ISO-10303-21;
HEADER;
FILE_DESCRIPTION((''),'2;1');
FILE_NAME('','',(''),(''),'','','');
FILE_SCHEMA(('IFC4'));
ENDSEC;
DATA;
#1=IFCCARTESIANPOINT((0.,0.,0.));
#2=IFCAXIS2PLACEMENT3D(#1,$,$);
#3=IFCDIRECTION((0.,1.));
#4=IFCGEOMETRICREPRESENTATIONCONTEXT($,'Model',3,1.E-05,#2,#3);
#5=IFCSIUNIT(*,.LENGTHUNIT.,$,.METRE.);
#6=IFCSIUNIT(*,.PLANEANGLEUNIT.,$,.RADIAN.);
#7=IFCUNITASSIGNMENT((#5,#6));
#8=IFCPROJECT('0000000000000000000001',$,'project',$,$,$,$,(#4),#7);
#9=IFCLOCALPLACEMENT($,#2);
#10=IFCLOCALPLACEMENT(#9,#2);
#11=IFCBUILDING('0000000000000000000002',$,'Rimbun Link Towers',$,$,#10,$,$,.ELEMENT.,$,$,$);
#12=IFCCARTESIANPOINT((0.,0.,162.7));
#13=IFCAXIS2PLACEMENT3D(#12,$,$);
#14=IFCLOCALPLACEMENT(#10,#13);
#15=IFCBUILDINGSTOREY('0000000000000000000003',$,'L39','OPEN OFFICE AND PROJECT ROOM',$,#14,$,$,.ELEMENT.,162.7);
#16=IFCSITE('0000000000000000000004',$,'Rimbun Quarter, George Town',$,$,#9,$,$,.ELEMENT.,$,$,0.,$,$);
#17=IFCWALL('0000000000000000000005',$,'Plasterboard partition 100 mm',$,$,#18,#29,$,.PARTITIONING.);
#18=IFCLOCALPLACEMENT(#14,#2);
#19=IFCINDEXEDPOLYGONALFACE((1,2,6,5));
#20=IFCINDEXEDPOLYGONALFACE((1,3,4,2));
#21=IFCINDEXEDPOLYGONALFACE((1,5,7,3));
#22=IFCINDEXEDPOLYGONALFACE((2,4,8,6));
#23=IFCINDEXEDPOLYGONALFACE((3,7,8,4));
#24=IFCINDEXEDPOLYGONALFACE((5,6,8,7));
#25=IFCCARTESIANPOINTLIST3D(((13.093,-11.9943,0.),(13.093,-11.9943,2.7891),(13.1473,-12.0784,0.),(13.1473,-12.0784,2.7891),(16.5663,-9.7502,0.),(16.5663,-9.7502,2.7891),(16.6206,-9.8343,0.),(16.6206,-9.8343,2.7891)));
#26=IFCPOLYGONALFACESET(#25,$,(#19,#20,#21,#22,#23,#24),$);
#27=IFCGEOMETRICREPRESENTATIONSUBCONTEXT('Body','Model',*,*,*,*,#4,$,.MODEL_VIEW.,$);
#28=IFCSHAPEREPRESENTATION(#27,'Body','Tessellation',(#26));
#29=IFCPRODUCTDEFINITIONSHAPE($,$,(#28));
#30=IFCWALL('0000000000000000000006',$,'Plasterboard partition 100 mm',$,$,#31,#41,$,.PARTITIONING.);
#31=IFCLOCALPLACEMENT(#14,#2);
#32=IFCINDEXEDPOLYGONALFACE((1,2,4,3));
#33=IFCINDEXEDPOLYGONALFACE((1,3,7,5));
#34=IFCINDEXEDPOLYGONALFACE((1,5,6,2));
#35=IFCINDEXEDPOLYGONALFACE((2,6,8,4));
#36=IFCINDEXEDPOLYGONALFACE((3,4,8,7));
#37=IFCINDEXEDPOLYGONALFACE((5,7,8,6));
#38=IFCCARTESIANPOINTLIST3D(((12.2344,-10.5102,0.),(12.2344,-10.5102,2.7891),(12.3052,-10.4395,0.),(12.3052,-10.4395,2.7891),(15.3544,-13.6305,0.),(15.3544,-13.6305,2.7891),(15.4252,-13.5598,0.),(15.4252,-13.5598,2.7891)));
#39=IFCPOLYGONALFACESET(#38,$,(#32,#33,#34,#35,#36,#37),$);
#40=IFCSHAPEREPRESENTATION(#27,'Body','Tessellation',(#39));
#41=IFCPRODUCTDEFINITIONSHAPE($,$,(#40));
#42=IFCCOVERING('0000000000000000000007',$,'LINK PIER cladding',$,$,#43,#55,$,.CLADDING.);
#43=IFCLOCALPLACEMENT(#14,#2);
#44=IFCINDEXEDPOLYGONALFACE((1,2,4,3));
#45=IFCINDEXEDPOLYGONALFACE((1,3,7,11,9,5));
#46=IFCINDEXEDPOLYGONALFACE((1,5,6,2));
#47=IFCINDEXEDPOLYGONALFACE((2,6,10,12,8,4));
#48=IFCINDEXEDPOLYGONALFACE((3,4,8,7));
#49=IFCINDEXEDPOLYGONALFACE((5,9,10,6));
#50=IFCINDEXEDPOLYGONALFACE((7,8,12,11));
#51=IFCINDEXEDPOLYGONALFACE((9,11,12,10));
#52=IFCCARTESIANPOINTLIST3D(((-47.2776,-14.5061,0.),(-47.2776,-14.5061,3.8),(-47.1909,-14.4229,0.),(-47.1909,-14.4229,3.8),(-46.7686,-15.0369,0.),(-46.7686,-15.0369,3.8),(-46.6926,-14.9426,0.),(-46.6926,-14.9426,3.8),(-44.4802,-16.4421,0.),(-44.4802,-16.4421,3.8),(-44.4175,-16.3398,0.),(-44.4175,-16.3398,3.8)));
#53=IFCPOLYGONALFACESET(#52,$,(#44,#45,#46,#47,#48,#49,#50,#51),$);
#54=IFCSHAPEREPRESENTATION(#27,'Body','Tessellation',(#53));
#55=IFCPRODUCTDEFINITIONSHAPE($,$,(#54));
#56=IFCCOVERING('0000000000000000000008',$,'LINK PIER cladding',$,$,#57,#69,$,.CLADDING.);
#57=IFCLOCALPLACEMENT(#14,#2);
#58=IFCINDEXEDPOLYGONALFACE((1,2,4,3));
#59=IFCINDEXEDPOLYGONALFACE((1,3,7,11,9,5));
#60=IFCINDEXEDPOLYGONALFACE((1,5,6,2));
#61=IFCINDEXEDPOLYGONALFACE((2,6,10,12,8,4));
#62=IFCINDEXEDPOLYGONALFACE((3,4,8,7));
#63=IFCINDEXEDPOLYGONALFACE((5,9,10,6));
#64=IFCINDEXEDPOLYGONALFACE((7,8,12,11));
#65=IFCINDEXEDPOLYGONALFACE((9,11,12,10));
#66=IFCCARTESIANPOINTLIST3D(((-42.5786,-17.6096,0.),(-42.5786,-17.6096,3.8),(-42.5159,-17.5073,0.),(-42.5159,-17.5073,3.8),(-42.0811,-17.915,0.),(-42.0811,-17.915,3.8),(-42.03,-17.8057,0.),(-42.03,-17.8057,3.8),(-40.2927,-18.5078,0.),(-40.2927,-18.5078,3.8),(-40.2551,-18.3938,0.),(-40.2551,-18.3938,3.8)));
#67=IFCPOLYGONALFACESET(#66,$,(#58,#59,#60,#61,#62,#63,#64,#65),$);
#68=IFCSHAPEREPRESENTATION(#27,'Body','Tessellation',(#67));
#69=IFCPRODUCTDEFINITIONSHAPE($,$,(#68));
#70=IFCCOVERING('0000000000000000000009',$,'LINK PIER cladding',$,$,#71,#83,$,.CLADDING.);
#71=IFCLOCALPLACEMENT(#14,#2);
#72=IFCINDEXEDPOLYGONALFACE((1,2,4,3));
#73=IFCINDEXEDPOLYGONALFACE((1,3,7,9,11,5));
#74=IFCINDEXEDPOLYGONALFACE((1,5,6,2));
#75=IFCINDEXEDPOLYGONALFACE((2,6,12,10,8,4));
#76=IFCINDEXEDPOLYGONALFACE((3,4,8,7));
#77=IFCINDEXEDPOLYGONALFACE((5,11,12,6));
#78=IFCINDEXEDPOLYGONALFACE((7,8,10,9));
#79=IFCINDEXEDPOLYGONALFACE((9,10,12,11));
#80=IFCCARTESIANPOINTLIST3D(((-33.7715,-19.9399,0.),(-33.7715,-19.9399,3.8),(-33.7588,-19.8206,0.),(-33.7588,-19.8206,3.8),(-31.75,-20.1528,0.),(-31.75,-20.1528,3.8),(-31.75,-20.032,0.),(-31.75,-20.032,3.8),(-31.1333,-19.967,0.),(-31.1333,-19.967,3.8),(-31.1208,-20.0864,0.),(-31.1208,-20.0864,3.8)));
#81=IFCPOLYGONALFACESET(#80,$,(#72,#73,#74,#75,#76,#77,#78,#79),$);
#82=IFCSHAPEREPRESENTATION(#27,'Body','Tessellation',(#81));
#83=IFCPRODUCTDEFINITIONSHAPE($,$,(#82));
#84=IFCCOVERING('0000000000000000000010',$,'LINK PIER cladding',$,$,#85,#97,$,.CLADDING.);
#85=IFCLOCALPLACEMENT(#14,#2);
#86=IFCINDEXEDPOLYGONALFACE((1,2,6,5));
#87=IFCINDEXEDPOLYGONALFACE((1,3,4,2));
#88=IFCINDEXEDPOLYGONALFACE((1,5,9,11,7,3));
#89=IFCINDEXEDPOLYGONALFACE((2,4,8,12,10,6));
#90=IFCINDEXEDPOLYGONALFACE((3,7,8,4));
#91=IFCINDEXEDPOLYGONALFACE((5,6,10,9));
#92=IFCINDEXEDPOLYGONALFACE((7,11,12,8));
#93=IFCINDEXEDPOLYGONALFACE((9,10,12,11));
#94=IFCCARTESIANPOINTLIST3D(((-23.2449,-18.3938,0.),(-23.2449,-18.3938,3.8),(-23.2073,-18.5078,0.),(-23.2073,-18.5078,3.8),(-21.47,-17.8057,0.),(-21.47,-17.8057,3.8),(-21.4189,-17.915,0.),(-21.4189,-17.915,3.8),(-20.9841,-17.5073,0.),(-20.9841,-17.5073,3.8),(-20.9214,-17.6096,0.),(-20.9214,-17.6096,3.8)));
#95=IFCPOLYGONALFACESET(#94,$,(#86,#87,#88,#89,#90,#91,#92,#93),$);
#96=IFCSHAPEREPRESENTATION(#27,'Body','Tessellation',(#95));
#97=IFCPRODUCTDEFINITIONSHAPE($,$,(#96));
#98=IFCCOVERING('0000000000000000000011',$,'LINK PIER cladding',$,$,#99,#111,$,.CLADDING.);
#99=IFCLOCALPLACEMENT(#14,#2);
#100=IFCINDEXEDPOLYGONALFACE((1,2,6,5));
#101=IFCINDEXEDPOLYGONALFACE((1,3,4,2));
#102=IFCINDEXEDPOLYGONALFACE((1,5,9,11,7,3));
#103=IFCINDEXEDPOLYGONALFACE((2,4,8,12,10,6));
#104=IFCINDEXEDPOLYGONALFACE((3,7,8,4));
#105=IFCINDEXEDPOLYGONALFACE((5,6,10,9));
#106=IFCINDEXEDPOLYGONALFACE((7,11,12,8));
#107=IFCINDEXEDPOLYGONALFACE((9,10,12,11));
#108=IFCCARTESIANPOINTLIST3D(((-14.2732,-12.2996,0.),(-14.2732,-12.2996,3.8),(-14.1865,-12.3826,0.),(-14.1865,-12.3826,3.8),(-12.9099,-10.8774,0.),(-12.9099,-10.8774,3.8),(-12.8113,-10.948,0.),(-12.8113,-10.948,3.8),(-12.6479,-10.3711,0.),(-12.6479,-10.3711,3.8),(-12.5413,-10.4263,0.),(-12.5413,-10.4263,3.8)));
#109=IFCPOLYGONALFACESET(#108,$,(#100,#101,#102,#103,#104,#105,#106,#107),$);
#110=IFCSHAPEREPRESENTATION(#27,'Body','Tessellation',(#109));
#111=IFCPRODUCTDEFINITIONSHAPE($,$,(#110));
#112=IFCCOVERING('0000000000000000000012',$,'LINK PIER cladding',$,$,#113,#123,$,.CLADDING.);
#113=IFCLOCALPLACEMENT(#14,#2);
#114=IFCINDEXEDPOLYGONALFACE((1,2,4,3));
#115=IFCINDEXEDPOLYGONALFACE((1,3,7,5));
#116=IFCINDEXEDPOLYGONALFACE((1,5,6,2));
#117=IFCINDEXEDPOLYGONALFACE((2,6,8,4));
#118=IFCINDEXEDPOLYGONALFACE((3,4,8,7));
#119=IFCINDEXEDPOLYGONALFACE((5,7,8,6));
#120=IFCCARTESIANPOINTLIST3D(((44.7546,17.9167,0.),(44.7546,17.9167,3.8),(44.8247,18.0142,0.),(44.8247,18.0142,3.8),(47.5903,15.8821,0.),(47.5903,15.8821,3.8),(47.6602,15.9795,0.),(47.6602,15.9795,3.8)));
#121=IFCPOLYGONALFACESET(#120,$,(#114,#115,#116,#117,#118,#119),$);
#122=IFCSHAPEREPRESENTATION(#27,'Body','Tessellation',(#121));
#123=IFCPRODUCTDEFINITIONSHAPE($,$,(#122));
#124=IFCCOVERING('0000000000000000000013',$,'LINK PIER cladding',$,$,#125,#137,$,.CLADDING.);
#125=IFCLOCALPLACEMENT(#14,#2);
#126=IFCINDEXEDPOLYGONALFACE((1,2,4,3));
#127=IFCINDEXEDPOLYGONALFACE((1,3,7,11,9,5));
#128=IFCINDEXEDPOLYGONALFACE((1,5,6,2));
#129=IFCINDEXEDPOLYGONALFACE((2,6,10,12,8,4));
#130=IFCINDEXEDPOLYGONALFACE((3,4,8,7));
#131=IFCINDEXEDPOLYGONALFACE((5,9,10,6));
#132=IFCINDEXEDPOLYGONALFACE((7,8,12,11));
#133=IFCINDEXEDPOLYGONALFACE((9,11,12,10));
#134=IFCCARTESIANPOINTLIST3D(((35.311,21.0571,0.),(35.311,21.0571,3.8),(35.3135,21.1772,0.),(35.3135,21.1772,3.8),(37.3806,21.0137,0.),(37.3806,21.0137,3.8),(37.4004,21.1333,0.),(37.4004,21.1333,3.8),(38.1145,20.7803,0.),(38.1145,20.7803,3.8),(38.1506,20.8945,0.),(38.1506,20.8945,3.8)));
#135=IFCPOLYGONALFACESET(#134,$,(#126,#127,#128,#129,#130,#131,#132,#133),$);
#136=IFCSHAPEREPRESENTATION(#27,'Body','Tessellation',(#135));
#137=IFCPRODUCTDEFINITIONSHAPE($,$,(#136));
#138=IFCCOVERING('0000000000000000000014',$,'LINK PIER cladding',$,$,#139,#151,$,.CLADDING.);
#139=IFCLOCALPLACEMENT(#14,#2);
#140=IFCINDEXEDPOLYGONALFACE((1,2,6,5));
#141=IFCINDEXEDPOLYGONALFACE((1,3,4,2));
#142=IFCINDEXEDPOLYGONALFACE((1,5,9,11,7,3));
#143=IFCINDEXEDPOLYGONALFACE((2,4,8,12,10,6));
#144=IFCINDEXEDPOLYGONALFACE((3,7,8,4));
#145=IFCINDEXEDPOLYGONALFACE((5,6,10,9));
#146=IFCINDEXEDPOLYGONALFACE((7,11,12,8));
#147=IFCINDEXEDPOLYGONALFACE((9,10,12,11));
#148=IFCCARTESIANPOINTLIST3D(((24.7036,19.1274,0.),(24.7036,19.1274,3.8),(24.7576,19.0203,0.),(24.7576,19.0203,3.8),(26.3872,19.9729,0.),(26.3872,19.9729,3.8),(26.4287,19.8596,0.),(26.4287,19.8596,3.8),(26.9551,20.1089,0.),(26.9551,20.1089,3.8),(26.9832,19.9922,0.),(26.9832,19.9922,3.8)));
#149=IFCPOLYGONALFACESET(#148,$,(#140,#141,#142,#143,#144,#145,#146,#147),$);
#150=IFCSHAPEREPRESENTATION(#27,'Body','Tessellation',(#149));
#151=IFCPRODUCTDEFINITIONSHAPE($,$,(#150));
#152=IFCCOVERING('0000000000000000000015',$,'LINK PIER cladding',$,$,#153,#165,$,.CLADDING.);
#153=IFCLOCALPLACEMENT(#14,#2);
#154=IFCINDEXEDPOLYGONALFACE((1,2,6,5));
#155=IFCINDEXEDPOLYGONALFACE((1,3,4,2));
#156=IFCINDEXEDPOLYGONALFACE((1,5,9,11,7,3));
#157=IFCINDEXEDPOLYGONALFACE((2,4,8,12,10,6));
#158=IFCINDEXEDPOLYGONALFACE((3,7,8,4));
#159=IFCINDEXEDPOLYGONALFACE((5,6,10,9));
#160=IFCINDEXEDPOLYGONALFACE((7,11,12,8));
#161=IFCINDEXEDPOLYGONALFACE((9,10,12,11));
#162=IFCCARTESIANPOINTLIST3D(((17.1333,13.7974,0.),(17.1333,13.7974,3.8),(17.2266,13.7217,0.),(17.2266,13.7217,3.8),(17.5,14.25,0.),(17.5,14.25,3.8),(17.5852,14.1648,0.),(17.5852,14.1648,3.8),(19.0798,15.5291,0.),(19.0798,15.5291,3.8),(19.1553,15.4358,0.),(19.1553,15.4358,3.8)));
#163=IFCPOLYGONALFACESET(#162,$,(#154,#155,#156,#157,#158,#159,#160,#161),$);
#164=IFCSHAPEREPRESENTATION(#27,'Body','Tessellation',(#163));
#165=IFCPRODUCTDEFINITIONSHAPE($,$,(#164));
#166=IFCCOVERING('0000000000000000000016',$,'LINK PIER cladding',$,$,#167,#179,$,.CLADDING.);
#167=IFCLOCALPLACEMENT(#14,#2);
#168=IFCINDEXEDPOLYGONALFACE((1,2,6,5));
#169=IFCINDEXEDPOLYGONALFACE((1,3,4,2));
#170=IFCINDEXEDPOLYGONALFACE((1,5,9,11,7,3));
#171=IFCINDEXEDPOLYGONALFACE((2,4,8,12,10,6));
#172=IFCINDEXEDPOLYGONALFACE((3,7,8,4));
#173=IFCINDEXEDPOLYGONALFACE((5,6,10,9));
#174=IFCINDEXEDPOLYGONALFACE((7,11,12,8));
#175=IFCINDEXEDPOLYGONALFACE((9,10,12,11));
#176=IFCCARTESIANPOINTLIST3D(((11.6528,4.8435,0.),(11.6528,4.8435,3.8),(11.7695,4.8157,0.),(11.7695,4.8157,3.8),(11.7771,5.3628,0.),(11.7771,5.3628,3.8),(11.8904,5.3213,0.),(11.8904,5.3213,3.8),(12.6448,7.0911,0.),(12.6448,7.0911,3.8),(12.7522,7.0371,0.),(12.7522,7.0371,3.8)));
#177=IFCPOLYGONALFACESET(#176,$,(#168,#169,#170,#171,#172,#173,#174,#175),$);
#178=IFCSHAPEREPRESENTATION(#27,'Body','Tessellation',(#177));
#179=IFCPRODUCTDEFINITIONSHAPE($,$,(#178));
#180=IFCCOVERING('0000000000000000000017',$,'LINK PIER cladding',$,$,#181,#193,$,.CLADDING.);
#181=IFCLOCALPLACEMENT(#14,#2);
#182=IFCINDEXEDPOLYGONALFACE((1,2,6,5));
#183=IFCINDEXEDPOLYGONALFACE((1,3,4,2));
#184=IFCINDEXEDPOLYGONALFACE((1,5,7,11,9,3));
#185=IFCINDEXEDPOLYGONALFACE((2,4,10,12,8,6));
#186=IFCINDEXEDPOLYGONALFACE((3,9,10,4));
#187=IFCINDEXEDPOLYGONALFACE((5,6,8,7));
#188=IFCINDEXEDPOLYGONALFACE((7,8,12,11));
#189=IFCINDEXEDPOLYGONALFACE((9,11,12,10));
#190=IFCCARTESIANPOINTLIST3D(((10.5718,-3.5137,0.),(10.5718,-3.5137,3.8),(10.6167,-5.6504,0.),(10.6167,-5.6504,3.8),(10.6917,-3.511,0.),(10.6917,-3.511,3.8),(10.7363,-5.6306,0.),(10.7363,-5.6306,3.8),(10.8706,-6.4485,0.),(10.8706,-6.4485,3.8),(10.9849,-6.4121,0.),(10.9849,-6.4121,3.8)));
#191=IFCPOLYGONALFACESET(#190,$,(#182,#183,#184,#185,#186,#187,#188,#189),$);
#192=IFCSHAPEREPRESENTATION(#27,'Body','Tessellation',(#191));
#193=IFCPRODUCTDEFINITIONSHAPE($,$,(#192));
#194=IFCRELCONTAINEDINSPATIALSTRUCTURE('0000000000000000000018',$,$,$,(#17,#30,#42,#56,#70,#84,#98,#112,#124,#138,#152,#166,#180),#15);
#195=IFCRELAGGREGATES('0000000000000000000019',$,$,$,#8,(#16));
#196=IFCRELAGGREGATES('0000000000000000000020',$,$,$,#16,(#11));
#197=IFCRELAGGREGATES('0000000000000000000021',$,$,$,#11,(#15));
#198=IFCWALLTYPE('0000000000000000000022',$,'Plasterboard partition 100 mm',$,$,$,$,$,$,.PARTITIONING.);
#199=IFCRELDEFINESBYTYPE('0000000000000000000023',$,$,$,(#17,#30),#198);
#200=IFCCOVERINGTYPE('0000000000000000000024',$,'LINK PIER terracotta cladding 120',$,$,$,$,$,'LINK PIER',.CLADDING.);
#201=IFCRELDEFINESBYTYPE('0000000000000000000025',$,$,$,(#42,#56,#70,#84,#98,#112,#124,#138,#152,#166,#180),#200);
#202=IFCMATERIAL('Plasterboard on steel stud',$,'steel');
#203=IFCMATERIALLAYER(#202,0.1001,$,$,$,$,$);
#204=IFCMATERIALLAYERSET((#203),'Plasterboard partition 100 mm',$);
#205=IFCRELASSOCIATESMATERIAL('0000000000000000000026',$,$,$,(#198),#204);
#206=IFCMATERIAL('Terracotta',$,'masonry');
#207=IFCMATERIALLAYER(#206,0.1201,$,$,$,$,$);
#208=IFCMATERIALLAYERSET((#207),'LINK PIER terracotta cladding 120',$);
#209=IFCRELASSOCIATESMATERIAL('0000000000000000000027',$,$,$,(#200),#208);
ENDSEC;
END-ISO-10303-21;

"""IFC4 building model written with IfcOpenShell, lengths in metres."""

from ifc_helpers import new_model, si_unit, direction, frame, frame_2d, origin, place, context, subcontext, project, spatial, polyline, rectangle, outline, extrude, material, layer, layer_set, type_object, element, save


model = new_model("IFC4")

# Units and contexts
model_context = context("Model", 3, precision=1e-05, world=origin(), true_north=direction((0.0, 1.0)))
body_context = subcontext(model_context, "Body", "Model", "MODEL_VIEW")
ifc_project = project(units=[si_unit("LENGTHUNIT", "METRE"), si_unit("PLANEANGLEUNIT", "RADIAN")], contexts=[model_context])

# Site, building, storey
site_placement = place(None, origin())
site = spatial("IfcSite", under=ifc_project, at=site_placement, Name="Rimbun Quarter, George Town", CompositionType="ELEMENT", RefElevation=0.0)
building_placement = place(site_placement, origin())
building = spatial("IfcBuilding", under=site, at=building_placement, Name="Rimbun Link Towers", CompositionType="ELEMENT")
storey_placement = place(building_placement, frame((0.0, 0.0, 162.7)))
storey = spatial("IfcBuildingStorey", under=building, at=storey_placement, Name="L39", Description="OPEN OFFICE AND PROJECT ROOM", CompositionType="ELEMENT", Elevation=162.7)

# Shared definitions
ifc_material_1 = material(Name="Plasterboard on steel stud", Category="steel")
ifc_layer_1 = layer(ifc_material_1, 0.1001)
ifc_layer_set_1 = layer_set([ifc_layer_1], Name="Plasterboard partition 100 mm")
wall_type = type_object("IfcWallType", Name="Plasterboard partition 100 mm", PredefinedType="PARTITIONING", material=ifc_layer_set_1)

# Walls
wall_1_placement = place(storey_placement, frame((13.1201, -12.0364, 0.0), z_axis=(0.0, 0.0, 1.0), x_axis=(0.839939, 0.542681, 0.0)))
element("IfcWall", 1, at=wall_1_placement, inside=storey, type_object=wall_type, Name="Plasterboard partition 100 mm", PredefinedType="PARTITIONING", context=body_context, shape_type="SweptSolid", body=[
    extrude(rectangle(XDim=4.1353, YDim=0.1001, at=frame_2d((2.0676, 0.0))), origin(), (0.0, 0.0, 1.0), 2.7891),
])
wall_2_placement = place(storey_placement, frame((12.2698, -10.4749, 0.0), z_axis=(0.0, 0.0, 1.0), x_axis=(0.707079, -0.707134, 0.0)))
element("IfcWall", 2, at=wall_2_placement, inside=storey, type_object=wall_type, Name="Plasterboard partition 100 mm", PredefinedType="PARTITIONING", context=body_context, shape_type="SweptSolid", body=[
    extrude(rectangle(XDim=4.4126, YDim=0.1001, at=frame_2d((2.2063, 0.0))), origin(), (0.0, 0.0, 1.0), 2.7891),
])

# Coverings
ifc_material_2 = material(Name="Terracotta", Category="masonry")
ifc_layer_2 = layer(ifc_material_2, 0.1201)
ifc_layer_set_2 = layer_set([ifc_layer_2], Name="LINK PIER terracotta cladding 120")
covering_type_1 = type_object("IfcCoveringType", Name="LINK PIER terracotta cladding 120", ElementType="LINK PIER", PredefinedType="CLADDING", material=ifc_layer_set_2)
covering_1_placement = place(storey_placement, origin())
element("IfcCovering", 3, at=covering_1_placement, inside=storey, type_object=covering_type_1, Name="LINK PIER cladding", PredefinedType="CLADDING", context=body_context, shape_type="SweptSolid", body=[
    extrude(outline(polyline([(-44.4175, -16.3398), (-46.6926, -14.9426), (-47.1909, -14.4229), (-47.2776, -14.5061), (-46.7686, -15.0369), (-44.4802, -16.4421), (-44.4175, -16.3398)])), origin(), (0.0, 0.0, 1.0), 3.8),
])
covering_2_placement = place(storey_placement, origin())
element("IfcCovering", 4, at=covering_2_placement, inside=storey, type_object=covering_type_1, Name="LINK PIER cladding", PredefinedType="CLADDING", context=body_context, shape_type="SweptSolid", body=[
    extrude(outline(polyline([(-40.2551, -18.3938), (-42.03, -17.8057), (-42.5159, -17.5073), (-42.5786, -17.6096), (-42.0811, -17.915), (-40.2927, -18.5078), (-40.2551, -18.3938)])), origin(), (0.0, 0.0, 1.0), 3.8),
])
covering_3_placement = place(storey_placement, origin())
element("IfcCovering", 5, at=covering_3_placement, inside=storey, type_object=covering_type_1, Name="LINK PIER cladding", PredefinedType="CLADDING", context=body_context, shape_type="SweptSolid", body=[
    extrude(outline(polyline([(-31.1333, -19.967), (-31.75, -20.032), (-33.7588, -19.8206), (-33.7715, -19.9399), (-31.75, -20.1528), (-31.1208, -20.0864), (-31.1333, -19.967)])), origin(), (0.0, 0.0, 1.0), 3.8),
])
covering_4_placement = place(storey_placement, origin())
element("IfcCovering", 6, at=covering_4_placement, inside=storey, type_object=covering_type_1, Name="LINK PIER cladding", PredefinedType="CLADDING", context=body_context, shape_type="SweptSolid", body=[
    extrude(outline(polyline([(-20.9841, -17.5073), (-21.47, -17.8057), (-23.2449, -18.3938), (-23.2073, -18.5078), (-21.4189, -17.915), (-20.9214, -17.6096), (-20.9841, -17.5073)])), origin(), (0.0, 0.0, 1.0), 3.8),
])
covering_5_placement = place(storey_placement, origin())
element("IfcCovering", 7, at=covering_5_placement, inside=storey, type_object=covering_type_1, Name="LINK PIER cladding", PredefinedType="CLADDING", context=body_context, shape_type="SweptSolid", body=[
    extrude(outline(polyline([(-12.6479, -10.3711), (-12.9099, -10.8774), (-14.2732, -12.2996), (-14.1865, -12.3826), (-12.8113, -10.948), (-12.5413, -10.4263), (-12.6479, -10.3711)])), origin(), (0.0, 0.0, 1.0), 3.8),
])
covering_6_placement = place(storey_placement, origin())
element("IfcCovering", 8, at=covering_6_placement, inside=storey, type_object=covering_type_1, Name="LINK PIER cladding", PredefinedType="CLADDING", context=body_context, shape_type="SweptSolid", body=[
    extrude(outline(polyline([(44.7546, 17.9167), (47.5903, 15.8821), (47.6602, 15.9795), (44.8247, 18.0142), (44.7546, 17.9167)])), origin(), (0.0, 0.0, 1.0), 3.8),
])
covering_7_placement = place(storey_placement, origin())
element("IfcCovering", 9, at=covering_7_placement, inside=storey, type_object=covering_type_1, Name="LINK PIER cladding", PredefinedType="CLADDING", context=body_context, shape_type="SweptSolid", body=[
    extrude(outline(polyline([(35.311, 21.0571), (37.3806, 21.0137), (38.1145, 20.7803), (38.1506, 20.8945), (37.4004, 21.1333), (35.3135, 21.1772), (35.311, 21.0571)])), origin(), (0.0, 0.0, 1.0), 3.8),
])
covering_8_placement = place(storey_placement, origin())
element("IfcCovering", 10, at=covering_8_placement, inside=storey, type_object=covering_type_1, Name="LINK PIER cladding", PredefinedType="CLADDING", context=body_context, shape_type="SweptSolid", body=[
    extrude(outline(polyline([(24.7576, 19.0203), (26.4287, 19.8596), (26.9832, 19.9922), (26.9551, 20.1089), (26.3872, 19.9729), (24.7036, 19.1274), (24.7576, 19.0203)])), origin(), (0.0, 0.0, 1.0), 3.8),
])
covering_9_placement = place(storey_placement, origin())
element("IfcCovering", 11, at=covering_9_placement, inside=storey, type_object=covering_type_1, Name="LINK PIER cladding", PredefinedType="CLADDING", context=body_context, shape_type="SweptSolid", body=[
    extrude(outline(polyline([(17.2266, 13.7217), (17.5852, 14.1648), (19.1553, 15.4358), (19.0798, 15.5291), (17.5, 14.25), (17.1333, 13.7974), (17.2266, 13.7217)])), origin(), (0.0, 0.0, 1.0), 3.8),
])
covering_10_placement = place(storey_placement, origin())
element("IfcCovering", 12, at=covering_10_placement, inside=storey, type_object=covering_type_1, Name="LINK PIER cladding", PredefinedType="CLADDING", context=body_context, shape_type="SweptSolid", body=[
    extrude(outline(polyline([(11.7695, 4.8157), (11.8904, 5.3213), (12.7522, 7.0371), (12.6448, 7.0911), (11.7771, 5.3628), (11.6528, 4.8435), (11.7695, 4.8157)])), origin(), (0.0, 0.0, 1.0), 3.8),
])
covering_11_placement = place(storey_placement, origin())
element("IfcCovering", 13, at=covering_11_placement, inside=storey, type_object=covering_type_1, Name="LINK PIER cladding", PredefinedType="CLADDING", context=body_context, shape_type="SweptSolid", body=[
    extrude(outline(polyline([(10.9849, -6.4121), (10.7363, -5.6306), (10.6917, -3.511), (10.5718, -3.5137), (10.6167, -5.6504), (10.8706, -6.4485), (10.9849, -6.4121)])), origin(), (0.0, 0.0, 1.0), 3.8),
])

save(model, "model.ifc")
